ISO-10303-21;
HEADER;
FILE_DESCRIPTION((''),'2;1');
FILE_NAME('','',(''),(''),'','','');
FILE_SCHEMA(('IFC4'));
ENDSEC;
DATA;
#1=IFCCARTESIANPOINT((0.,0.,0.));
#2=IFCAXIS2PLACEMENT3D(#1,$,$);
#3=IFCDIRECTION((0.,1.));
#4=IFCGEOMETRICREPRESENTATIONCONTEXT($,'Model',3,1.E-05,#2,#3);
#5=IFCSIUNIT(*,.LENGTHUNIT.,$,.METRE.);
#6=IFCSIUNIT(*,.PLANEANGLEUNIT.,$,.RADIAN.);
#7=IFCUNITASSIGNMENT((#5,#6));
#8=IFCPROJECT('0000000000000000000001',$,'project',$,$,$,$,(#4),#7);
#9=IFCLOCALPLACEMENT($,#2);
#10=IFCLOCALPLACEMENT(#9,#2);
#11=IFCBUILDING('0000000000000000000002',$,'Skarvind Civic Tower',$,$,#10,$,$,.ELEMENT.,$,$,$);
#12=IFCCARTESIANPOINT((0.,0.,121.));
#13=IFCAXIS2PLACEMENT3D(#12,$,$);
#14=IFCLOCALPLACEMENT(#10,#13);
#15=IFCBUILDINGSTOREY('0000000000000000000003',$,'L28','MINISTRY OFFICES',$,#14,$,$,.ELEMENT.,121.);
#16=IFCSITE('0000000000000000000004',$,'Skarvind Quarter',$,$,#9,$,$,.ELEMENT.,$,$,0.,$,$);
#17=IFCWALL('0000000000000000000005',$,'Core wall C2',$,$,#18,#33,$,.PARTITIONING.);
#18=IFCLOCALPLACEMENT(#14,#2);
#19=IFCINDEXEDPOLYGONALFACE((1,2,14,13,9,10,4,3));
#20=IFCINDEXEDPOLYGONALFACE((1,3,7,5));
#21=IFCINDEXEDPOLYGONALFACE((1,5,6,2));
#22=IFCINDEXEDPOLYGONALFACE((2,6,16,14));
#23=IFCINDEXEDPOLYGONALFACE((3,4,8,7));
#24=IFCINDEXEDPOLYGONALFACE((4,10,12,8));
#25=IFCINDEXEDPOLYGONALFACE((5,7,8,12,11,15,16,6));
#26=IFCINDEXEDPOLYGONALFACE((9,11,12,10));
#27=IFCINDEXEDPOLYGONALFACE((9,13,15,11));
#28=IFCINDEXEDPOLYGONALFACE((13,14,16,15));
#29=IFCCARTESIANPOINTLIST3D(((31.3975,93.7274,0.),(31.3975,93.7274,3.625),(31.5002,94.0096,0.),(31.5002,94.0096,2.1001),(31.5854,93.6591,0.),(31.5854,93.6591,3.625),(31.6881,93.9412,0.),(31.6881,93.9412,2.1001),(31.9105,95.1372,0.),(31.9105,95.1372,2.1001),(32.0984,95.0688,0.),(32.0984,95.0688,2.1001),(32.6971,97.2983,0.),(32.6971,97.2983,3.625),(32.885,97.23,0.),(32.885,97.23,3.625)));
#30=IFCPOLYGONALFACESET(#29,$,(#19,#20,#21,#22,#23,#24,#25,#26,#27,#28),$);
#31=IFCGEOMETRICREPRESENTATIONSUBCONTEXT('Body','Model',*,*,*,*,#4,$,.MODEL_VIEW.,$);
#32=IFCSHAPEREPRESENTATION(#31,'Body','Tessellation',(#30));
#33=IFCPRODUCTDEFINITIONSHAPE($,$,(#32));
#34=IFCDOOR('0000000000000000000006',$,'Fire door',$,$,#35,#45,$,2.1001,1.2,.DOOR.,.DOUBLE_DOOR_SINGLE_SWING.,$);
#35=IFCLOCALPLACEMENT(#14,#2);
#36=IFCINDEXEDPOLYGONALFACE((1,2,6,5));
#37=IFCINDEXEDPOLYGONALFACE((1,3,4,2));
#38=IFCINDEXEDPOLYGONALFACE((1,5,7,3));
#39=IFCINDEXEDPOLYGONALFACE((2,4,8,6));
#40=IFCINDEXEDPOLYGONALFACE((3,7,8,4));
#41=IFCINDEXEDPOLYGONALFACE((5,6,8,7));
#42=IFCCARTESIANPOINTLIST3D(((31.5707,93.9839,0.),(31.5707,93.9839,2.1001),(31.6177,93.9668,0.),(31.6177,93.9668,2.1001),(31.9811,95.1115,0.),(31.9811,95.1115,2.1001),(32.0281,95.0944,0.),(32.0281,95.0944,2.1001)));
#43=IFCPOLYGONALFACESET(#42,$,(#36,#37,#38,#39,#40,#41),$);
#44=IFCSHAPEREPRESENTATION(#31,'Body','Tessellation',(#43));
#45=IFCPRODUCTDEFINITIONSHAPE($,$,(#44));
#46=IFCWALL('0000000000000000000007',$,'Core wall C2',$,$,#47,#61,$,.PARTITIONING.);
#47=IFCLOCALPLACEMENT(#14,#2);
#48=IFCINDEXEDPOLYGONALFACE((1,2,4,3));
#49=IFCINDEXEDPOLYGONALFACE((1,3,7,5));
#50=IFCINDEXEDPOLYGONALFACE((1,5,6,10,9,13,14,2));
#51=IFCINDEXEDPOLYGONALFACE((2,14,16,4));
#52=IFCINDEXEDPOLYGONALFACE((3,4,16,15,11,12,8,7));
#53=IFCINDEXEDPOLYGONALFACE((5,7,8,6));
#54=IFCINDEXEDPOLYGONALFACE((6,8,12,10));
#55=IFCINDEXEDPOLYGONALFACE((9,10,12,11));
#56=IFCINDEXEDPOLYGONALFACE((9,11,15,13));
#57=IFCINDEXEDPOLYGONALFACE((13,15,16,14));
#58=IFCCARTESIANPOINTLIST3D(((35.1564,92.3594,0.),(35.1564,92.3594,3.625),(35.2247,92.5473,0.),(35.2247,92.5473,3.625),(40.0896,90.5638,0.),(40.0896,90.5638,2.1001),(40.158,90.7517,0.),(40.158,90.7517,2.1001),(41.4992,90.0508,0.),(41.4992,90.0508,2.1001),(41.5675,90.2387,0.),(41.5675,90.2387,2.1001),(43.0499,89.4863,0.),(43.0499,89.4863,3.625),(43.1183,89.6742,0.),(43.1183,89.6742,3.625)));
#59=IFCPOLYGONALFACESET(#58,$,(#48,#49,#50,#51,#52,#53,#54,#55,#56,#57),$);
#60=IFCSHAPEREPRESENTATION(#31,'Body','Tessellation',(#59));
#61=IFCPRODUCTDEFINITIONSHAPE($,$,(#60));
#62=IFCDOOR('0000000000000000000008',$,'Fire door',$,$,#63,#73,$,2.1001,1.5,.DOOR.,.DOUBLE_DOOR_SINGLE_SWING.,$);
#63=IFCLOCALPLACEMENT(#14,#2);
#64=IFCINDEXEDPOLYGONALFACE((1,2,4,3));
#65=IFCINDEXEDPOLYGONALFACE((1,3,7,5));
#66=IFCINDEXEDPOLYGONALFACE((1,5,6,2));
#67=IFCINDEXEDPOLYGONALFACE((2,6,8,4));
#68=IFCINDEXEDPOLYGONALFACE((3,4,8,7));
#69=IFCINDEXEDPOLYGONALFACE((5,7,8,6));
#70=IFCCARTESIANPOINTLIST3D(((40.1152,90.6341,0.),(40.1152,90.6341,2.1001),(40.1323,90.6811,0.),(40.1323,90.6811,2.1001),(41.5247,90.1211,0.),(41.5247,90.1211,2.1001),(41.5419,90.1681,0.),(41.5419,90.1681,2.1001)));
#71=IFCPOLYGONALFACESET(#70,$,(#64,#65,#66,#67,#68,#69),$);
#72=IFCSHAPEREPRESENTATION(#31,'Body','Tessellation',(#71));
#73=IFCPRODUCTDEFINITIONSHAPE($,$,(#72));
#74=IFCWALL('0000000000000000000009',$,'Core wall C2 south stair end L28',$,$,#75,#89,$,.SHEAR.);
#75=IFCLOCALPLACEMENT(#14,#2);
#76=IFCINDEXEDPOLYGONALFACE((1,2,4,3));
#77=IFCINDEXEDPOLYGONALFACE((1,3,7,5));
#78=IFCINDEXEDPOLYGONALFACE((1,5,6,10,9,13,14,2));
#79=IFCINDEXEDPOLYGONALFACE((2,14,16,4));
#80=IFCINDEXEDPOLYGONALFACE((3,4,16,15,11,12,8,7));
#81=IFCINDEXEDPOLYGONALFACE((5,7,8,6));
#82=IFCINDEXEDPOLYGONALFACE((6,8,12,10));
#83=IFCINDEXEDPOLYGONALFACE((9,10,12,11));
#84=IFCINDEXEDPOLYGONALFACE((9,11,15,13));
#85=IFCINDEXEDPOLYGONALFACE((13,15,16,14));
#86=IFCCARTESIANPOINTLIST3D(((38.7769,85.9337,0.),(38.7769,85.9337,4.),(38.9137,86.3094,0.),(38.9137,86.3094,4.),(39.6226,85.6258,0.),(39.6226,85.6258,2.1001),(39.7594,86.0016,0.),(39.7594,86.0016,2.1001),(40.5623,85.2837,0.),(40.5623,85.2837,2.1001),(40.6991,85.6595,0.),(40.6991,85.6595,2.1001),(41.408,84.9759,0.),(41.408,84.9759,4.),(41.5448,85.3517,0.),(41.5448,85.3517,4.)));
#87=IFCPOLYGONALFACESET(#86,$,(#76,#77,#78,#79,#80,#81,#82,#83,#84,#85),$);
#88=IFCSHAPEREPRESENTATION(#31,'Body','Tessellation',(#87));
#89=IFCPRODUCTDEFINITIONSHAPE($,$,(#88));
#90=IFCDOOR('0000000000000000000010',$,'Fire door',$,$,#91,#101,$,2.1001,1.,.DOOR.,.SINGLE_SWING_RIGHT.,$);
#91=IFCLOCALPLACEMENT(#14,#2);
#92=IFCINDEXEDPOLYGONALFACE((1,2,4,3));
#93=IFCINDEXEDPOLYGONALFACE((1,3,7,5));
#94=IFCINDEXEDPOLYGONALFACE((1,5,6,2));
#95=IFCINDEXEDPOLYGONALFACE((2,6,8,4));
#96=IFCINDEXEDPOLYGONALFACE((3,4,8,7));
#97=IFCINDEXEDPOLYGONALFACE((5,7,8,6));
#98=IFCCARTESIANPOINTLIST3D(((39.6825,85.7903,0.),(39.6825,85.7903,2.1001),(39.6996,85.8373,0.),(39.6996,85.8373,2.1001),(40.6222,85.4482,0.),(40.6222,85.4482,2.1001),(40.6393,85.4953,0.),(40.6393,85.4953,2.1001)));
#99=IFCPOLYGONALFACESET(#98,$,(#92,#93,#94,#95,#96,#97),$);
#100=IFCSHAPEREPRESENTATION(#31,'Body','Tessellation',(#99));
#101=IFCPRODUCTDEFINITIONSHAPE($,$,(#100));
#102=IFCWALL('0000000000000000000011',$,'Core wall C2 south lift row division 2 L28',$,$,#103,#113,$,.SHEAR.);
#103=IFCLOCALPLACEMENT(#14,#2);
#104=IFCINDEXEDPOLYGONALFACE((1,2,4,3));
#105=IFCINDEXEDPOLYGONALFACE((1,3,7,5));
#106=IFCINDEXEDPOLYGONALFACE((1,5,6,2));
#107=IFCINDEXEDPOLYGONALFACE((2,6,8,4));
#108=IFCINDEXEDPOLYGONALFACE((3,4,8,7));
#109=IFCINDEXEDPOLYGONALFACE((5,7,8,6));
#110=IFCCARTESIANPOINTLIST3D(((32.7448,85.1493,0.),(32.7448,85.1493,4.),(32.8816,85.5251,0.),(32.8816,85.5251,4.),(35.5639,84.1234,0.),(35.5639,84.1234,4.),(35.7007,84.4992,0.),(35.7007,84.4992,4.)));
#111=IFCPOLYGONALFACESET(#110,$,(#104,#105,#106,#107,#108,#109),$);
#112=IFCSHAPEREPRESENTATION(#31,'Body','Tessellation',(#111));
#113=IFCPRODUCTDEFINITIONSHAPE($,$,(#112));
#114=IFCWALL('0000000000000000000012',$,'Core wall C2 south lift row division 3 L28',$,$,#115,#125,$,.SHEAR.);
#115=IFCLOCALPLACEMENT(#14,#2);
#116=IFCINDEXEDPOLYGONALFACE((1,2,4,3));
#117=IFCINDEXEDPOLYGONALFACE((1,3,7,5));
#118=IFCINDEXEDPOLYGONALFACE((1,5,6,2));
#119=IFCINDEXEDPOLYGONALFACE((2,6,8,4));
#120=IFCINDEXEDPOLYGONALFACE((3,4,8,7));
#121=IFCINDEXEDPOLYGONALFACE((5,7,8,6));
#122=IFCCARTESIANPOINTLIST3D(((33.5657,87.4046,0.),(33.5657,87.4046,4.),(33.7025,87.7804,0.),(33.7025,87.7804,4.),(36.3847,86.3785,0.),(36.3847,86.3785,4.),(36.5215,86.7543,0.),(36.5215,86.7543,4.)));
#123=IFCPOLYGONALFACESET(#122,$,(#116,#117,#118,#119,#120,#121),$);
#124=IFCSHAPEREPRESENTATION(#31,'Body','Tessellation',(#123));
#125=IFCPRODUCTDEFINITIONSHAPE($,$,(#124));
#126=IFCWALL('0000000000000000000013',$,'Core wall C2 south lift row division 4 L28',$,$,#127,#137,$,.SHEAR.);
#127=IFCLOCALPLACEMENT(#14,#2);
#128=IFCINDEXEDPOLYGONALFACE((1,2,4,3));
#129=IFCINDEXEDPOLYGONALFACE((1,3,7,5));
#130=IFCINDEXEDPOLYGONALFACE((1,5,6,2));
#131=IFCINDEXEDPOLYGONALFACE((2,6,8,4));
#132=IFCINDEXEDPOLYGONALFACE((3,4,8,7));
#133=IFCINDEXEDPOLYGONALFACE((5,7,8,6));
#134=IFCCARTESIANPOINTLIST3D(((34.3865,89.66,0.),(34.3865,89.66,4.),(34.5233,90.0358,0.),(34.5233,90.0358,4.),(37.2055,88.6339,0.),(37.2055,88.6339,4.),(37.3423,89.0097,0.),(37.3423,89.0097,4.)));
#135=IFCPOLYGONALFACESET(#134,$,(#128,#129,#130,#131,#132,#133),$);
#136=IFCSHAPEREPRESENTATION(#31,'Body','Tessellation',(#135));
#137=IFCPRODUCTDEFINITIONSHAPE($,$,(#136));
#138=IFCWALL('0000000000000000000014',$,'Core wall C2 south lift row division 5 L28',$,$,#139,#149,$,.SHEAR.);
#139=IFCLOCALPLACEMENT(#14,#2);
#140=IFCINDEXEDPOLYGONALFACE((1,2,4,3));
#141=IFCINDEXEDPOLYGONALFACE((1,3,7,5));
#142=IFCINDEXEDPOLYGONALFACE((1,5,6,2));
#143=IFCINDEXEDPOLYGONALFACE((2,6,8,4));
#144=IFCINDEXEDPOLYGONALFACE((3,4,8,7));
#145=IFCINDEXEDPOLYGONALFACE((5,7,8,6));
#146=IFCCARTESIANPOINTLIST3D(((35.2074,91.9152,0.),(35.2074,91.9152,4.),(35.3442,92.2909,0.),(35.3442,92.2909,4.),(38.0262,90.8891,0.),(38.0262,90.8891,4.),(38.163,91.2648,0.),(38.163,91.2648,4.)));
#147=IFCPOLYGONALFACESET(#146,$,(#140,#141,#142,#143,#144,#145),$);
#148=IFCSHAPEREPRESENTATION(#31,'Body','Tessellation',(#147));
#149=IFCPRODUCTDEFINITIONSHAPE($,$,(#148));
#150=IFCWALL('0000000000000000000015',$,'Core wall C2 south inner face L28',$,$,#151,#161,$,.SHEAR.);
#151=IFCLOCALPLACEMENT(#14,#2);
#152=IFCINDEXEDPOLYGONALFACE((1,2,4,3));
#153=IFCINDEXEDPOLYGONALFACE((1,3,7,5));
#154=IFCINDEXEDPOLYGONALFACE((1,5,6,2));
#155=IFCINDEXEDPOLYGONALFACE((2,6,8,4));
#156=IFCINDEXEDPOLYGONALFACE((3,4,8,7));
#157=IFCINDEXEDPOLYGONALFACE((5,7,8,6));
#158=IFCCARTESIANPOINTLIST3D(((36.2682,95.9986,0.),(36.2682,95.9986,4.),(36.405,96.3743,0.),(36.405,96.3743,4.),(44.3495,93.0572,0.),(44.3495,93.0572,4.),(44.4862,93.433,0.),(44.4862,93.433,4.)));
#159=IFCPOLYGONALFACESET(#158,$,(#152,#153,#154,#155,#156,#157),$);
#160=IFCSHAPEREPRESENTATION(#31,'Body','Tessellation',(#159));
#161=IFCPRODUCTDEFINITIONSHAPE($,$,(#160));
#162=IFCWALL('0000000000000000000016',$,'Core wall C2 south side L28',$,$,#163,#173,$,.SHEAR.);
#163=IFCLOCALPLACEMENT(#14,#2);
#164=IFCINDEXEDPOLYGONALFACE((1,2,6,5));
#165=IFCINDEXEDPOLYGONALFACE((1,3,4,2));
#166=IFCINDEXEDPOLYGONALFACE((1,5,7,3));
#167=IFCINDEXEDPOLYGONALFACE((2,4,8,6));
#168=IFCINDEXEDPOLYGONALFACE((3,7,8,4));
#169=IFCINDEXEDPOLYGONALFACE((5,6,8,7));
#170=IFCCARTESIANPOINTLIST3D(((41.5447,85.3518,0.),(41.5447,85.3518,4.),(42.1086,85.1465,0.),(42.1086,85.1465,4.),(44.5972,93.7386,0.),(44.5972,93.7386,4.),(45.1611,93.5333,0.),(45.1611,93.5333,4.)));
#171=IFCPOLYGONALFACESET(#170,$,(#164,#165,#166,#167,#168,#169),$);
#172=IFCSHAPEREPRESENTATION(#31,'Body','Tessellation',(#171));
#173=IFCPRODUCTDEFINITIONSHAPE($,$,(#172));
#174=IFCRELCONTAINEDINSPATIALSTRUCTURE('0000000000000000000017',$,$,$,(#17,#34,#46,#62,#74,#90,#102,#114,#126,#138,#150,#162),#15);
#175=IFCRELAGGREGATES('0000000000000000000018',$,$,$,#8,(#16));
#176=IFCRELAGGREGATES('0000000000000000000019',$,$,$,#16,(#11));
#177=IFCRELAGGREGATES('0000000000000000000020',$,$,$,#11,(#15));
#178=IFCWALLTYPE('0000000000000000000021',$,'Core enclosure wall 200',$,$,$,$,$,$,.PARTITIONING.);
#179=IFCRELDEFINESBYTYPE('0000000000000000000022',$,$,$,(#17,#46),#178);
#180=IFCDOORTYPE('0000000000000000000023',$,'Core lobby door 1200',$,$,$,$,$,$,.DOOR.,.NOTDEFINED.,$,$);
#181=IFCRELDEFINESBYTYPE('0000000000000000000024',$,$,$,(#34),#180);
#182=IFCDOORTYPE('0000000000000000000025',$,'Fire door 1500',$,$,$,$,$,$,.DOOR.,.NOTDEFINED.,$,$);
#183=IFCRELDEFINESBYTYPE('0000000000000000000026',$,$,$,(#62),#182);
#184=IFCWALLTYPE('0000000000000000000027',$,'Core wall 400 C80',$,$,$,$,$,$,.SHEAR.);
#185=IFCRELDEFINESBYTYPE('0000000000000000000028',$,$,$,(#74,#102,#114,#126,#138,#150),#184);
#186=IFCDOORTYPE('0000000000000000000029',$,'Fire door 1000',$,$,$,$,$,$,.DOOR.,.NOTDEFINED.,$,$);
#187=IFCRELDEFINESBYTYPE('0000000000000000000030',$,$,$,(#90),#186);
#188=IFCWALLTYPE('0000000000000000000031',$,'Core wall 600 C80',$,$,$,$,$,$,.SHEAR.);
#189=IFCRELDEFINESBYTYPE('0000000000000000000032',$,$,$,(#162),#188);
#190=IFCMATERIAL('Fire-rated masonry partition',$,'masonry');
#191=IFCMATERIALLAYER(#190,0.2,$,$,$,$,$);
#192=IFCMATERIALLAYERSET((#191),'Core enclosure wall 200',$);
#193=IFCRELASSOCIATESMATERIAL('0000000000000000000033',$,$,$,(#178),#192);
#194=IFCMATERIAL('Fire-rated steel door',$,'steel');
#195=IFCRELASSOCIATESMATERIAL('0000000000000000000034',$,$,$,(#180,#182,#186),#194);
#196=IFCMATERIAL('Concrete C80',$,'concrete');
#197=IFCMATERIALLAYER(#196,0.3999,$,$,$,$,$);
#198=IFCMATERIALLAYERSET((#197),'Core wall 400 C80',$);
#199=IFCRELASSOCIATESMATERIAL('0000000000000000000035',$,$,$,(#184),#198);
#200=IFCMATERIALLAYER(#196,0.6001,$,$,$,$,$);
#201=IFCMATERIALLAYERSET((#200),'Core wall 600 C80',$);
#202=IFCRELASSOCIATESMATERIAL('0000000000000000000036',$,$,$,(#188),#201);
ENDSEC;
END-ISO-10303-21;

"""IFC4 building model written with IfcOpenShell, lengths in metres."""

from ifc_helpers import new_model, si_unit, direction, frame, frame_2d, origin, place, context, subcontext, project, spatial, rectangle, extrude, material, layer, layer_set, type_object, element, fill, save


model = new_model("IFC4")

# Units and contexts
model_context = context("Model", 3, precision=1e-05, world=origin(), true_north=direction((0.0, 1.0)))
body_context = subcontext(model_context, "Body", "Model", "MODEL_VIEW")
ifc_project = project(units=[si_unit("LENGTHUNIT", "METRE"), si_unit("PLANEANGLEUNIT", "RADIAN")], contexts=[model_context])

# Site, building, storey
site_placement = place(None, origin())
site = spatial("IfcSite", under=ifc_project, at=site_placement, Name="Skarvind Quarter", CompositionType="ELEMENT", RefElevation=0.0)
building_placement = place(site_placement, origin())
building = spatial("IfcBuilding", under=site, at=building_placement, Name="Skarvind Civic Tower", CompositionType="ELEMENT")
storey_placement = place(building_placement, frame((0.0, 0.0, 121.0)))
storey = spatial("IfcBuildingStorey", under=building, at=storey_placement, Name="L28", Description="MINISTRY OFFICES", CompositionType="ELEMENT", Elevation=121.0)

# Walls, openings, doors
ifc_material_1 = material(Name="Fire-rated masonry partition", Category="masonry")
ifc_layer_1 = layer(ifc_material_1, 0.2)
ifc_layer_set_1 = layer_set([ifc_layer_1], Name="Core enclosure wall 200")
wall_type_1 = type_object("IfcWallType", Name="Core enclosure wall 200", PredefinedType="PARTITIONING", material=ifc_layer_set_1)
wall_1_placement = place(storey_placement, frame((31.4915, 93.6934, 0.0), z_axis=(0.0, 0.0, 1.0), x_axis=(0.341996, 0.939701, 0.0)))
wall_1 = element("IfcWall", 1, at=wall_1_placement, inside=storey, type_object=wall_type_1, Name="Core wall C2", PredefinedType="PARTITIONING", context=body_context, shape_type="SweptSolid", body=[
    extrude(rectangle(XDim=3.8, YDim=0.2, at=frame_2d((1.8999, 0.0))), origin(), (0.0, 0.0, 1.0), 3.625),
])
opening_1_placement = place(wall_1_placement, frame((0.3, 0.0, 0.0)))
opening_1 = element("IfcOpeningElement", 2, at=opening_1_placement, cuts=wall_1, PredefinedType="OPENING", context=body_context, shape_type="SweptSolid", body=[
    extrude(rectangle(XDim=1.2, YDim=2.1001, at=frame_2d((0.6001, 1.05))), frame((0.0, 0.1099, 0.0), z_axis=(0.0, -1.0, 0.0), x_axis=(1.0, 0.0, 0.0)), (0.0, 0.0, 1.0), 0.22),
])
ifc_material_2 = material(Name="Fire-rated steel door", Category="steel")
door_type_1 = type_object("IfcDoorType", Name="Core lobby door 1200", OperationType="NOTDEFINED", PredefinedType="DOOR", material=ifc_material_2)
door_1_placement = place(opening_1_placement, origin())
door_1 = element("IfcDoor", 3, at=door_1_placement, inside=storey, type_object=door_type_1, Name="Fire door", OperationType="DOUBLE_DOOR_SINGLE_SWING", OverallHeight=2.1001, OverallWidth=1.2, PredefinedType="DOOR", context=body_context, shape_type="SweptSolid", body=[
    extrude(rectangle(XDim=1.2, YDim=2.1001, at=frame_2d((0.6001, 1.05))), frame((0.0, 0.0249, 0.0), z_axis=(0.0, -1.0, 0.0), x_axis=(1.0, 0.0, 0.0)), (0.0, 0.0, 1.0), 0.05),
])
fill(opening_1, door_1)
wall_2_placement = place(storey_placement, frame((35.1904, 92.4534, 0.0), z_axis=(0.0, 0.0, 1.0), x_axis=(0.939692, -0.342023, 0.0)))
wall_2 = element("IfcWall", 4, at=wall_2_placement, inside=storey, type_object=wall_type_1, Name="Core wall C2", PredefinedType="PARTITIONING", context=body_context, shape_type="SweptSolid", body=[
    extrude(rectangle(XDim=8.4001, YDim=0.2, at=frame_2d((4.2002, 0.0))), origin(), (0.0, 0.0, 1.0), 3.625),
])
opening_2_placement = place(wall_2_placement, frame((5.25, 0.0, 0.0)))
opening_2 = element("IfcOpeningElement", 5, at=opening_2_placement, cuts=wall_2, PredefinedType="OPENING", context=body_context, shape_type="SweptSolid", body=[
    extrude(rectangle(XDim=1.5, YDim=2.1001, at=frame_2d((0.75, 1.05))), frame((0.0, 0.1099, 0.0), z_axis=(0.0, -1.0, 0.0), x_axis=(1.0, 0.0, 0.0)), (0.0, 0.0, 1.0), 0.22),
])
door_type_2 = type_object("IfcDoorType", Name="Fire door 1500", OperationType="NOTDEFINED", PredefinedType="DOOR", material=ifc_material_2)
door_2_placement = place(opening_2_placement, origin())
door_2 = element("IfcDoor", 6, at=door_2_placement, inside=storey, type_object=door_type_2, Name="Fire door", OperationType="DOUBLE_DOOR_SINGLE_SWING", OverallHeight=2.1001, OverallWidth=1.5, PredefinedType="DOOR", context=body_context, shape_type="SweptSolid", body=[
    extrude(rectangle(XDim=1.5, YDim=2.1001, at=frame_2d((0.75, 1.05))), frame((0.0, 0.0249, 0.0), z_axis=(0.0, -1.0, 0.0), x_axis=(1.0, 0.0, 0.0)), (0.0, 0.0, 1.0), 0.05),
])
fill(opening_2, door_2)
ifc_material_3 = material(Name="Concrete C80", Category="concrete")
ifc_layer_2 = layer(ifc_material_3, 0.3999)
ifc_layer_set_2 = layer_set([ifc_layer_2], Name="Core wall 400 C80")
wall_type_2 = type_object("IfcWallType", Name="Core wall 400 C80", PredefinedType="SHEAR", material=ifc_layer_set_2)
wall_3_placement = place(storey_placement, frame((41.4763, 85.1638, 0.0), z_axis=(0.0, 0.0, 1.0), x_axis=(-0.939679, 0.342058, 0.0)))
wall_3 = element("IfcWall", 7, at=wall_3_placement, inside=storey, type_object=wall_type_2, Name="Core wall C2 south stair end L28", PredefinedType="SHEAR", context=body_context, shape_type="SweptSolid", body=[
    extrude(rectangle(XDim=2.8, YDim=0.3999, at=frame_2d((1.3999, 0.0))), origin(), (0.0, 0.0, 1.0), 4.0),
])
opening_3_placement = place(wall_3_placement, frame((0.8999, 0.0, 0.0)))
opening_3 = element("IfcOpeningElement", 8, at=opening_3_placement, cuts=wall_3, PredefinedType="OPENING", context=body_context, shape_type="SweptSolid", body=[
    extrude(rectangle(XDim=1.0, YDim=2.1001, at=frame_2d((0.5, 1.05))), frame((0.0, 0.21, 0.0), z_axis=(0.0, -1.0, 0.0), x_axis=(1.0, 0.0, 0.0)), (0.0, 0.0, 1.0), 0.4199),
])
door_type_3 = type_object("IfcDoorType", Name="Fire door 1000", OperationType="NOTDEFINED", PredefinedType="DOOR", material=ifc_material_2)
door_3_placement = place(opening_3_placement, origin())
door_3 = element("IfcDoor", 9, at=door_3_placement, inside=storey, type_object=door_type_3, Name="Fire door", OperationType="SINGLE_SWING_RIGHT", OverallHeight=2.1001, OverallWidth=1.0, PredefinedType="DOOR", context=body_context, shape_type="SweptSolid", body=[
    extrude(rectangle(XDim=1.0, YDim=2.1001, at=frame_2d((0.5, 1.05))), frame((0.0, 0.0249, 0.0), z_axis=(0.0, -1.0, 0.0), x_axis=(1.0, 0.0, 0.0)), (0.0, 0.0, 1.0), 0.05),
])
fill(opening_3, door_3)

# Walls
for number, where, z_axis, x_axis, name in (
    (10, (35.6323, 84.3113, 0.0), (0.0, 0.0, 1.0), (-0.939713, 0.341965, 0.0), "Core wall C2 south lift row division 2 L28"),
    (11, (36.4531, 86.5664, 0.0), (0.0, 0.0, 1.0), (-0.939686, 0.342037, 0.0), "Core wall C2 south lift row division 3 L28"),
    (12, (37.2739, 88.8218, 0.0), (0.0, 0.0, 1.0), (-0.939686, 0.342037, 0.0), "Core wall C2 south lift row division 4 L28"),
):
    element("IfcWall", number, at=place(storey_placement, frame(where, z_axis=z_axis, x_axis=x_axis)), inside=storey, type_object=wall_type_2, Name=name, PredefinedType="SHEAR", context=body_context, shape_type="SweptSolid", body=[
        extrude(rectangle(XDim=3.0, YDim=0.3999, at=frame_2d((1.5, 0.0))), origin(), (0.0, 0.0, 1.0), 4.0),
    ])
wall_4_placement = place(storey_placement, frame((38.0947, 91.0769, 0.0), z_axis=(0.0, 0.0, 1.0), x_axis=(-0.939677, 0.342063, 0.0)))
element("IfcWall", 13, at=wall_4_placement, inside=storey, type_object=wall_type_2, Name="Core wall C2 south lift row division 5 L28", PredefinedType="SHEAR", context=body_context, shape_type="SweptSolid", body=[
    extrude(rectangle(XDim=2.9998, YDim=0.3999, at=frame_2d((1.5, 0.0))), origin(), (0.0, 0.0, 1.0), 4.0),
])
wall_5_placement = place(storey_placement, frame((44.4177, 93.2451, 0.0), z_axis=(0.0, 0.0, 1.0), x_axis=(-0.939691, 0.342026, 0.0)))
element("IfcWall", 14, at=wall_5_placement, inside=storey, type_object=wall_type_2, Name="Core wall C2 south inner face L28", PredefinedType="SHEAR", context=body_context, shape_type="SweptSolid", body=[
    extrude(rectangle(XDim=8.5999, YDim=0.3999, at=frame_2d((4.2998, 0.0))), origin(), (0.0, 0.0, 1.0), 4.0),
])
ifc_layer_3 = layer(ifc_material_3, 0.6001)
ifc_layer_set_3 = layer_set([ifc_layer_3], Name="Core wall 600 C80")
wall_type_3 = type_object("IfcWallType", Name="Core wall 600 C80", PredefinedType="SHEAR", material=ifc_layer_set_3)
wall_6_placement = place(storey_placement, frame((41.8267, 85.2493, 0.0), z_axis=(0.0, 0.0, 1.0), x_axis=(0.342018, 0.939694, 0.0)))
element("IfcWall", 15, at=wall_6_placement, inside=storey, type_object=wall_type_3, Name="Core wall C2 south side L28", PredefinedType="SHEAR", context=body_context, shape_type="SweptSolid", body=[
    extrude(rectangle(XDim=8.925, YDim=0.6001, at=frame_2d((4.4624, 0.0))), origin(), (0.0, 0.0, 1.0), 4.0),
])

save(model, "model.ifc")
